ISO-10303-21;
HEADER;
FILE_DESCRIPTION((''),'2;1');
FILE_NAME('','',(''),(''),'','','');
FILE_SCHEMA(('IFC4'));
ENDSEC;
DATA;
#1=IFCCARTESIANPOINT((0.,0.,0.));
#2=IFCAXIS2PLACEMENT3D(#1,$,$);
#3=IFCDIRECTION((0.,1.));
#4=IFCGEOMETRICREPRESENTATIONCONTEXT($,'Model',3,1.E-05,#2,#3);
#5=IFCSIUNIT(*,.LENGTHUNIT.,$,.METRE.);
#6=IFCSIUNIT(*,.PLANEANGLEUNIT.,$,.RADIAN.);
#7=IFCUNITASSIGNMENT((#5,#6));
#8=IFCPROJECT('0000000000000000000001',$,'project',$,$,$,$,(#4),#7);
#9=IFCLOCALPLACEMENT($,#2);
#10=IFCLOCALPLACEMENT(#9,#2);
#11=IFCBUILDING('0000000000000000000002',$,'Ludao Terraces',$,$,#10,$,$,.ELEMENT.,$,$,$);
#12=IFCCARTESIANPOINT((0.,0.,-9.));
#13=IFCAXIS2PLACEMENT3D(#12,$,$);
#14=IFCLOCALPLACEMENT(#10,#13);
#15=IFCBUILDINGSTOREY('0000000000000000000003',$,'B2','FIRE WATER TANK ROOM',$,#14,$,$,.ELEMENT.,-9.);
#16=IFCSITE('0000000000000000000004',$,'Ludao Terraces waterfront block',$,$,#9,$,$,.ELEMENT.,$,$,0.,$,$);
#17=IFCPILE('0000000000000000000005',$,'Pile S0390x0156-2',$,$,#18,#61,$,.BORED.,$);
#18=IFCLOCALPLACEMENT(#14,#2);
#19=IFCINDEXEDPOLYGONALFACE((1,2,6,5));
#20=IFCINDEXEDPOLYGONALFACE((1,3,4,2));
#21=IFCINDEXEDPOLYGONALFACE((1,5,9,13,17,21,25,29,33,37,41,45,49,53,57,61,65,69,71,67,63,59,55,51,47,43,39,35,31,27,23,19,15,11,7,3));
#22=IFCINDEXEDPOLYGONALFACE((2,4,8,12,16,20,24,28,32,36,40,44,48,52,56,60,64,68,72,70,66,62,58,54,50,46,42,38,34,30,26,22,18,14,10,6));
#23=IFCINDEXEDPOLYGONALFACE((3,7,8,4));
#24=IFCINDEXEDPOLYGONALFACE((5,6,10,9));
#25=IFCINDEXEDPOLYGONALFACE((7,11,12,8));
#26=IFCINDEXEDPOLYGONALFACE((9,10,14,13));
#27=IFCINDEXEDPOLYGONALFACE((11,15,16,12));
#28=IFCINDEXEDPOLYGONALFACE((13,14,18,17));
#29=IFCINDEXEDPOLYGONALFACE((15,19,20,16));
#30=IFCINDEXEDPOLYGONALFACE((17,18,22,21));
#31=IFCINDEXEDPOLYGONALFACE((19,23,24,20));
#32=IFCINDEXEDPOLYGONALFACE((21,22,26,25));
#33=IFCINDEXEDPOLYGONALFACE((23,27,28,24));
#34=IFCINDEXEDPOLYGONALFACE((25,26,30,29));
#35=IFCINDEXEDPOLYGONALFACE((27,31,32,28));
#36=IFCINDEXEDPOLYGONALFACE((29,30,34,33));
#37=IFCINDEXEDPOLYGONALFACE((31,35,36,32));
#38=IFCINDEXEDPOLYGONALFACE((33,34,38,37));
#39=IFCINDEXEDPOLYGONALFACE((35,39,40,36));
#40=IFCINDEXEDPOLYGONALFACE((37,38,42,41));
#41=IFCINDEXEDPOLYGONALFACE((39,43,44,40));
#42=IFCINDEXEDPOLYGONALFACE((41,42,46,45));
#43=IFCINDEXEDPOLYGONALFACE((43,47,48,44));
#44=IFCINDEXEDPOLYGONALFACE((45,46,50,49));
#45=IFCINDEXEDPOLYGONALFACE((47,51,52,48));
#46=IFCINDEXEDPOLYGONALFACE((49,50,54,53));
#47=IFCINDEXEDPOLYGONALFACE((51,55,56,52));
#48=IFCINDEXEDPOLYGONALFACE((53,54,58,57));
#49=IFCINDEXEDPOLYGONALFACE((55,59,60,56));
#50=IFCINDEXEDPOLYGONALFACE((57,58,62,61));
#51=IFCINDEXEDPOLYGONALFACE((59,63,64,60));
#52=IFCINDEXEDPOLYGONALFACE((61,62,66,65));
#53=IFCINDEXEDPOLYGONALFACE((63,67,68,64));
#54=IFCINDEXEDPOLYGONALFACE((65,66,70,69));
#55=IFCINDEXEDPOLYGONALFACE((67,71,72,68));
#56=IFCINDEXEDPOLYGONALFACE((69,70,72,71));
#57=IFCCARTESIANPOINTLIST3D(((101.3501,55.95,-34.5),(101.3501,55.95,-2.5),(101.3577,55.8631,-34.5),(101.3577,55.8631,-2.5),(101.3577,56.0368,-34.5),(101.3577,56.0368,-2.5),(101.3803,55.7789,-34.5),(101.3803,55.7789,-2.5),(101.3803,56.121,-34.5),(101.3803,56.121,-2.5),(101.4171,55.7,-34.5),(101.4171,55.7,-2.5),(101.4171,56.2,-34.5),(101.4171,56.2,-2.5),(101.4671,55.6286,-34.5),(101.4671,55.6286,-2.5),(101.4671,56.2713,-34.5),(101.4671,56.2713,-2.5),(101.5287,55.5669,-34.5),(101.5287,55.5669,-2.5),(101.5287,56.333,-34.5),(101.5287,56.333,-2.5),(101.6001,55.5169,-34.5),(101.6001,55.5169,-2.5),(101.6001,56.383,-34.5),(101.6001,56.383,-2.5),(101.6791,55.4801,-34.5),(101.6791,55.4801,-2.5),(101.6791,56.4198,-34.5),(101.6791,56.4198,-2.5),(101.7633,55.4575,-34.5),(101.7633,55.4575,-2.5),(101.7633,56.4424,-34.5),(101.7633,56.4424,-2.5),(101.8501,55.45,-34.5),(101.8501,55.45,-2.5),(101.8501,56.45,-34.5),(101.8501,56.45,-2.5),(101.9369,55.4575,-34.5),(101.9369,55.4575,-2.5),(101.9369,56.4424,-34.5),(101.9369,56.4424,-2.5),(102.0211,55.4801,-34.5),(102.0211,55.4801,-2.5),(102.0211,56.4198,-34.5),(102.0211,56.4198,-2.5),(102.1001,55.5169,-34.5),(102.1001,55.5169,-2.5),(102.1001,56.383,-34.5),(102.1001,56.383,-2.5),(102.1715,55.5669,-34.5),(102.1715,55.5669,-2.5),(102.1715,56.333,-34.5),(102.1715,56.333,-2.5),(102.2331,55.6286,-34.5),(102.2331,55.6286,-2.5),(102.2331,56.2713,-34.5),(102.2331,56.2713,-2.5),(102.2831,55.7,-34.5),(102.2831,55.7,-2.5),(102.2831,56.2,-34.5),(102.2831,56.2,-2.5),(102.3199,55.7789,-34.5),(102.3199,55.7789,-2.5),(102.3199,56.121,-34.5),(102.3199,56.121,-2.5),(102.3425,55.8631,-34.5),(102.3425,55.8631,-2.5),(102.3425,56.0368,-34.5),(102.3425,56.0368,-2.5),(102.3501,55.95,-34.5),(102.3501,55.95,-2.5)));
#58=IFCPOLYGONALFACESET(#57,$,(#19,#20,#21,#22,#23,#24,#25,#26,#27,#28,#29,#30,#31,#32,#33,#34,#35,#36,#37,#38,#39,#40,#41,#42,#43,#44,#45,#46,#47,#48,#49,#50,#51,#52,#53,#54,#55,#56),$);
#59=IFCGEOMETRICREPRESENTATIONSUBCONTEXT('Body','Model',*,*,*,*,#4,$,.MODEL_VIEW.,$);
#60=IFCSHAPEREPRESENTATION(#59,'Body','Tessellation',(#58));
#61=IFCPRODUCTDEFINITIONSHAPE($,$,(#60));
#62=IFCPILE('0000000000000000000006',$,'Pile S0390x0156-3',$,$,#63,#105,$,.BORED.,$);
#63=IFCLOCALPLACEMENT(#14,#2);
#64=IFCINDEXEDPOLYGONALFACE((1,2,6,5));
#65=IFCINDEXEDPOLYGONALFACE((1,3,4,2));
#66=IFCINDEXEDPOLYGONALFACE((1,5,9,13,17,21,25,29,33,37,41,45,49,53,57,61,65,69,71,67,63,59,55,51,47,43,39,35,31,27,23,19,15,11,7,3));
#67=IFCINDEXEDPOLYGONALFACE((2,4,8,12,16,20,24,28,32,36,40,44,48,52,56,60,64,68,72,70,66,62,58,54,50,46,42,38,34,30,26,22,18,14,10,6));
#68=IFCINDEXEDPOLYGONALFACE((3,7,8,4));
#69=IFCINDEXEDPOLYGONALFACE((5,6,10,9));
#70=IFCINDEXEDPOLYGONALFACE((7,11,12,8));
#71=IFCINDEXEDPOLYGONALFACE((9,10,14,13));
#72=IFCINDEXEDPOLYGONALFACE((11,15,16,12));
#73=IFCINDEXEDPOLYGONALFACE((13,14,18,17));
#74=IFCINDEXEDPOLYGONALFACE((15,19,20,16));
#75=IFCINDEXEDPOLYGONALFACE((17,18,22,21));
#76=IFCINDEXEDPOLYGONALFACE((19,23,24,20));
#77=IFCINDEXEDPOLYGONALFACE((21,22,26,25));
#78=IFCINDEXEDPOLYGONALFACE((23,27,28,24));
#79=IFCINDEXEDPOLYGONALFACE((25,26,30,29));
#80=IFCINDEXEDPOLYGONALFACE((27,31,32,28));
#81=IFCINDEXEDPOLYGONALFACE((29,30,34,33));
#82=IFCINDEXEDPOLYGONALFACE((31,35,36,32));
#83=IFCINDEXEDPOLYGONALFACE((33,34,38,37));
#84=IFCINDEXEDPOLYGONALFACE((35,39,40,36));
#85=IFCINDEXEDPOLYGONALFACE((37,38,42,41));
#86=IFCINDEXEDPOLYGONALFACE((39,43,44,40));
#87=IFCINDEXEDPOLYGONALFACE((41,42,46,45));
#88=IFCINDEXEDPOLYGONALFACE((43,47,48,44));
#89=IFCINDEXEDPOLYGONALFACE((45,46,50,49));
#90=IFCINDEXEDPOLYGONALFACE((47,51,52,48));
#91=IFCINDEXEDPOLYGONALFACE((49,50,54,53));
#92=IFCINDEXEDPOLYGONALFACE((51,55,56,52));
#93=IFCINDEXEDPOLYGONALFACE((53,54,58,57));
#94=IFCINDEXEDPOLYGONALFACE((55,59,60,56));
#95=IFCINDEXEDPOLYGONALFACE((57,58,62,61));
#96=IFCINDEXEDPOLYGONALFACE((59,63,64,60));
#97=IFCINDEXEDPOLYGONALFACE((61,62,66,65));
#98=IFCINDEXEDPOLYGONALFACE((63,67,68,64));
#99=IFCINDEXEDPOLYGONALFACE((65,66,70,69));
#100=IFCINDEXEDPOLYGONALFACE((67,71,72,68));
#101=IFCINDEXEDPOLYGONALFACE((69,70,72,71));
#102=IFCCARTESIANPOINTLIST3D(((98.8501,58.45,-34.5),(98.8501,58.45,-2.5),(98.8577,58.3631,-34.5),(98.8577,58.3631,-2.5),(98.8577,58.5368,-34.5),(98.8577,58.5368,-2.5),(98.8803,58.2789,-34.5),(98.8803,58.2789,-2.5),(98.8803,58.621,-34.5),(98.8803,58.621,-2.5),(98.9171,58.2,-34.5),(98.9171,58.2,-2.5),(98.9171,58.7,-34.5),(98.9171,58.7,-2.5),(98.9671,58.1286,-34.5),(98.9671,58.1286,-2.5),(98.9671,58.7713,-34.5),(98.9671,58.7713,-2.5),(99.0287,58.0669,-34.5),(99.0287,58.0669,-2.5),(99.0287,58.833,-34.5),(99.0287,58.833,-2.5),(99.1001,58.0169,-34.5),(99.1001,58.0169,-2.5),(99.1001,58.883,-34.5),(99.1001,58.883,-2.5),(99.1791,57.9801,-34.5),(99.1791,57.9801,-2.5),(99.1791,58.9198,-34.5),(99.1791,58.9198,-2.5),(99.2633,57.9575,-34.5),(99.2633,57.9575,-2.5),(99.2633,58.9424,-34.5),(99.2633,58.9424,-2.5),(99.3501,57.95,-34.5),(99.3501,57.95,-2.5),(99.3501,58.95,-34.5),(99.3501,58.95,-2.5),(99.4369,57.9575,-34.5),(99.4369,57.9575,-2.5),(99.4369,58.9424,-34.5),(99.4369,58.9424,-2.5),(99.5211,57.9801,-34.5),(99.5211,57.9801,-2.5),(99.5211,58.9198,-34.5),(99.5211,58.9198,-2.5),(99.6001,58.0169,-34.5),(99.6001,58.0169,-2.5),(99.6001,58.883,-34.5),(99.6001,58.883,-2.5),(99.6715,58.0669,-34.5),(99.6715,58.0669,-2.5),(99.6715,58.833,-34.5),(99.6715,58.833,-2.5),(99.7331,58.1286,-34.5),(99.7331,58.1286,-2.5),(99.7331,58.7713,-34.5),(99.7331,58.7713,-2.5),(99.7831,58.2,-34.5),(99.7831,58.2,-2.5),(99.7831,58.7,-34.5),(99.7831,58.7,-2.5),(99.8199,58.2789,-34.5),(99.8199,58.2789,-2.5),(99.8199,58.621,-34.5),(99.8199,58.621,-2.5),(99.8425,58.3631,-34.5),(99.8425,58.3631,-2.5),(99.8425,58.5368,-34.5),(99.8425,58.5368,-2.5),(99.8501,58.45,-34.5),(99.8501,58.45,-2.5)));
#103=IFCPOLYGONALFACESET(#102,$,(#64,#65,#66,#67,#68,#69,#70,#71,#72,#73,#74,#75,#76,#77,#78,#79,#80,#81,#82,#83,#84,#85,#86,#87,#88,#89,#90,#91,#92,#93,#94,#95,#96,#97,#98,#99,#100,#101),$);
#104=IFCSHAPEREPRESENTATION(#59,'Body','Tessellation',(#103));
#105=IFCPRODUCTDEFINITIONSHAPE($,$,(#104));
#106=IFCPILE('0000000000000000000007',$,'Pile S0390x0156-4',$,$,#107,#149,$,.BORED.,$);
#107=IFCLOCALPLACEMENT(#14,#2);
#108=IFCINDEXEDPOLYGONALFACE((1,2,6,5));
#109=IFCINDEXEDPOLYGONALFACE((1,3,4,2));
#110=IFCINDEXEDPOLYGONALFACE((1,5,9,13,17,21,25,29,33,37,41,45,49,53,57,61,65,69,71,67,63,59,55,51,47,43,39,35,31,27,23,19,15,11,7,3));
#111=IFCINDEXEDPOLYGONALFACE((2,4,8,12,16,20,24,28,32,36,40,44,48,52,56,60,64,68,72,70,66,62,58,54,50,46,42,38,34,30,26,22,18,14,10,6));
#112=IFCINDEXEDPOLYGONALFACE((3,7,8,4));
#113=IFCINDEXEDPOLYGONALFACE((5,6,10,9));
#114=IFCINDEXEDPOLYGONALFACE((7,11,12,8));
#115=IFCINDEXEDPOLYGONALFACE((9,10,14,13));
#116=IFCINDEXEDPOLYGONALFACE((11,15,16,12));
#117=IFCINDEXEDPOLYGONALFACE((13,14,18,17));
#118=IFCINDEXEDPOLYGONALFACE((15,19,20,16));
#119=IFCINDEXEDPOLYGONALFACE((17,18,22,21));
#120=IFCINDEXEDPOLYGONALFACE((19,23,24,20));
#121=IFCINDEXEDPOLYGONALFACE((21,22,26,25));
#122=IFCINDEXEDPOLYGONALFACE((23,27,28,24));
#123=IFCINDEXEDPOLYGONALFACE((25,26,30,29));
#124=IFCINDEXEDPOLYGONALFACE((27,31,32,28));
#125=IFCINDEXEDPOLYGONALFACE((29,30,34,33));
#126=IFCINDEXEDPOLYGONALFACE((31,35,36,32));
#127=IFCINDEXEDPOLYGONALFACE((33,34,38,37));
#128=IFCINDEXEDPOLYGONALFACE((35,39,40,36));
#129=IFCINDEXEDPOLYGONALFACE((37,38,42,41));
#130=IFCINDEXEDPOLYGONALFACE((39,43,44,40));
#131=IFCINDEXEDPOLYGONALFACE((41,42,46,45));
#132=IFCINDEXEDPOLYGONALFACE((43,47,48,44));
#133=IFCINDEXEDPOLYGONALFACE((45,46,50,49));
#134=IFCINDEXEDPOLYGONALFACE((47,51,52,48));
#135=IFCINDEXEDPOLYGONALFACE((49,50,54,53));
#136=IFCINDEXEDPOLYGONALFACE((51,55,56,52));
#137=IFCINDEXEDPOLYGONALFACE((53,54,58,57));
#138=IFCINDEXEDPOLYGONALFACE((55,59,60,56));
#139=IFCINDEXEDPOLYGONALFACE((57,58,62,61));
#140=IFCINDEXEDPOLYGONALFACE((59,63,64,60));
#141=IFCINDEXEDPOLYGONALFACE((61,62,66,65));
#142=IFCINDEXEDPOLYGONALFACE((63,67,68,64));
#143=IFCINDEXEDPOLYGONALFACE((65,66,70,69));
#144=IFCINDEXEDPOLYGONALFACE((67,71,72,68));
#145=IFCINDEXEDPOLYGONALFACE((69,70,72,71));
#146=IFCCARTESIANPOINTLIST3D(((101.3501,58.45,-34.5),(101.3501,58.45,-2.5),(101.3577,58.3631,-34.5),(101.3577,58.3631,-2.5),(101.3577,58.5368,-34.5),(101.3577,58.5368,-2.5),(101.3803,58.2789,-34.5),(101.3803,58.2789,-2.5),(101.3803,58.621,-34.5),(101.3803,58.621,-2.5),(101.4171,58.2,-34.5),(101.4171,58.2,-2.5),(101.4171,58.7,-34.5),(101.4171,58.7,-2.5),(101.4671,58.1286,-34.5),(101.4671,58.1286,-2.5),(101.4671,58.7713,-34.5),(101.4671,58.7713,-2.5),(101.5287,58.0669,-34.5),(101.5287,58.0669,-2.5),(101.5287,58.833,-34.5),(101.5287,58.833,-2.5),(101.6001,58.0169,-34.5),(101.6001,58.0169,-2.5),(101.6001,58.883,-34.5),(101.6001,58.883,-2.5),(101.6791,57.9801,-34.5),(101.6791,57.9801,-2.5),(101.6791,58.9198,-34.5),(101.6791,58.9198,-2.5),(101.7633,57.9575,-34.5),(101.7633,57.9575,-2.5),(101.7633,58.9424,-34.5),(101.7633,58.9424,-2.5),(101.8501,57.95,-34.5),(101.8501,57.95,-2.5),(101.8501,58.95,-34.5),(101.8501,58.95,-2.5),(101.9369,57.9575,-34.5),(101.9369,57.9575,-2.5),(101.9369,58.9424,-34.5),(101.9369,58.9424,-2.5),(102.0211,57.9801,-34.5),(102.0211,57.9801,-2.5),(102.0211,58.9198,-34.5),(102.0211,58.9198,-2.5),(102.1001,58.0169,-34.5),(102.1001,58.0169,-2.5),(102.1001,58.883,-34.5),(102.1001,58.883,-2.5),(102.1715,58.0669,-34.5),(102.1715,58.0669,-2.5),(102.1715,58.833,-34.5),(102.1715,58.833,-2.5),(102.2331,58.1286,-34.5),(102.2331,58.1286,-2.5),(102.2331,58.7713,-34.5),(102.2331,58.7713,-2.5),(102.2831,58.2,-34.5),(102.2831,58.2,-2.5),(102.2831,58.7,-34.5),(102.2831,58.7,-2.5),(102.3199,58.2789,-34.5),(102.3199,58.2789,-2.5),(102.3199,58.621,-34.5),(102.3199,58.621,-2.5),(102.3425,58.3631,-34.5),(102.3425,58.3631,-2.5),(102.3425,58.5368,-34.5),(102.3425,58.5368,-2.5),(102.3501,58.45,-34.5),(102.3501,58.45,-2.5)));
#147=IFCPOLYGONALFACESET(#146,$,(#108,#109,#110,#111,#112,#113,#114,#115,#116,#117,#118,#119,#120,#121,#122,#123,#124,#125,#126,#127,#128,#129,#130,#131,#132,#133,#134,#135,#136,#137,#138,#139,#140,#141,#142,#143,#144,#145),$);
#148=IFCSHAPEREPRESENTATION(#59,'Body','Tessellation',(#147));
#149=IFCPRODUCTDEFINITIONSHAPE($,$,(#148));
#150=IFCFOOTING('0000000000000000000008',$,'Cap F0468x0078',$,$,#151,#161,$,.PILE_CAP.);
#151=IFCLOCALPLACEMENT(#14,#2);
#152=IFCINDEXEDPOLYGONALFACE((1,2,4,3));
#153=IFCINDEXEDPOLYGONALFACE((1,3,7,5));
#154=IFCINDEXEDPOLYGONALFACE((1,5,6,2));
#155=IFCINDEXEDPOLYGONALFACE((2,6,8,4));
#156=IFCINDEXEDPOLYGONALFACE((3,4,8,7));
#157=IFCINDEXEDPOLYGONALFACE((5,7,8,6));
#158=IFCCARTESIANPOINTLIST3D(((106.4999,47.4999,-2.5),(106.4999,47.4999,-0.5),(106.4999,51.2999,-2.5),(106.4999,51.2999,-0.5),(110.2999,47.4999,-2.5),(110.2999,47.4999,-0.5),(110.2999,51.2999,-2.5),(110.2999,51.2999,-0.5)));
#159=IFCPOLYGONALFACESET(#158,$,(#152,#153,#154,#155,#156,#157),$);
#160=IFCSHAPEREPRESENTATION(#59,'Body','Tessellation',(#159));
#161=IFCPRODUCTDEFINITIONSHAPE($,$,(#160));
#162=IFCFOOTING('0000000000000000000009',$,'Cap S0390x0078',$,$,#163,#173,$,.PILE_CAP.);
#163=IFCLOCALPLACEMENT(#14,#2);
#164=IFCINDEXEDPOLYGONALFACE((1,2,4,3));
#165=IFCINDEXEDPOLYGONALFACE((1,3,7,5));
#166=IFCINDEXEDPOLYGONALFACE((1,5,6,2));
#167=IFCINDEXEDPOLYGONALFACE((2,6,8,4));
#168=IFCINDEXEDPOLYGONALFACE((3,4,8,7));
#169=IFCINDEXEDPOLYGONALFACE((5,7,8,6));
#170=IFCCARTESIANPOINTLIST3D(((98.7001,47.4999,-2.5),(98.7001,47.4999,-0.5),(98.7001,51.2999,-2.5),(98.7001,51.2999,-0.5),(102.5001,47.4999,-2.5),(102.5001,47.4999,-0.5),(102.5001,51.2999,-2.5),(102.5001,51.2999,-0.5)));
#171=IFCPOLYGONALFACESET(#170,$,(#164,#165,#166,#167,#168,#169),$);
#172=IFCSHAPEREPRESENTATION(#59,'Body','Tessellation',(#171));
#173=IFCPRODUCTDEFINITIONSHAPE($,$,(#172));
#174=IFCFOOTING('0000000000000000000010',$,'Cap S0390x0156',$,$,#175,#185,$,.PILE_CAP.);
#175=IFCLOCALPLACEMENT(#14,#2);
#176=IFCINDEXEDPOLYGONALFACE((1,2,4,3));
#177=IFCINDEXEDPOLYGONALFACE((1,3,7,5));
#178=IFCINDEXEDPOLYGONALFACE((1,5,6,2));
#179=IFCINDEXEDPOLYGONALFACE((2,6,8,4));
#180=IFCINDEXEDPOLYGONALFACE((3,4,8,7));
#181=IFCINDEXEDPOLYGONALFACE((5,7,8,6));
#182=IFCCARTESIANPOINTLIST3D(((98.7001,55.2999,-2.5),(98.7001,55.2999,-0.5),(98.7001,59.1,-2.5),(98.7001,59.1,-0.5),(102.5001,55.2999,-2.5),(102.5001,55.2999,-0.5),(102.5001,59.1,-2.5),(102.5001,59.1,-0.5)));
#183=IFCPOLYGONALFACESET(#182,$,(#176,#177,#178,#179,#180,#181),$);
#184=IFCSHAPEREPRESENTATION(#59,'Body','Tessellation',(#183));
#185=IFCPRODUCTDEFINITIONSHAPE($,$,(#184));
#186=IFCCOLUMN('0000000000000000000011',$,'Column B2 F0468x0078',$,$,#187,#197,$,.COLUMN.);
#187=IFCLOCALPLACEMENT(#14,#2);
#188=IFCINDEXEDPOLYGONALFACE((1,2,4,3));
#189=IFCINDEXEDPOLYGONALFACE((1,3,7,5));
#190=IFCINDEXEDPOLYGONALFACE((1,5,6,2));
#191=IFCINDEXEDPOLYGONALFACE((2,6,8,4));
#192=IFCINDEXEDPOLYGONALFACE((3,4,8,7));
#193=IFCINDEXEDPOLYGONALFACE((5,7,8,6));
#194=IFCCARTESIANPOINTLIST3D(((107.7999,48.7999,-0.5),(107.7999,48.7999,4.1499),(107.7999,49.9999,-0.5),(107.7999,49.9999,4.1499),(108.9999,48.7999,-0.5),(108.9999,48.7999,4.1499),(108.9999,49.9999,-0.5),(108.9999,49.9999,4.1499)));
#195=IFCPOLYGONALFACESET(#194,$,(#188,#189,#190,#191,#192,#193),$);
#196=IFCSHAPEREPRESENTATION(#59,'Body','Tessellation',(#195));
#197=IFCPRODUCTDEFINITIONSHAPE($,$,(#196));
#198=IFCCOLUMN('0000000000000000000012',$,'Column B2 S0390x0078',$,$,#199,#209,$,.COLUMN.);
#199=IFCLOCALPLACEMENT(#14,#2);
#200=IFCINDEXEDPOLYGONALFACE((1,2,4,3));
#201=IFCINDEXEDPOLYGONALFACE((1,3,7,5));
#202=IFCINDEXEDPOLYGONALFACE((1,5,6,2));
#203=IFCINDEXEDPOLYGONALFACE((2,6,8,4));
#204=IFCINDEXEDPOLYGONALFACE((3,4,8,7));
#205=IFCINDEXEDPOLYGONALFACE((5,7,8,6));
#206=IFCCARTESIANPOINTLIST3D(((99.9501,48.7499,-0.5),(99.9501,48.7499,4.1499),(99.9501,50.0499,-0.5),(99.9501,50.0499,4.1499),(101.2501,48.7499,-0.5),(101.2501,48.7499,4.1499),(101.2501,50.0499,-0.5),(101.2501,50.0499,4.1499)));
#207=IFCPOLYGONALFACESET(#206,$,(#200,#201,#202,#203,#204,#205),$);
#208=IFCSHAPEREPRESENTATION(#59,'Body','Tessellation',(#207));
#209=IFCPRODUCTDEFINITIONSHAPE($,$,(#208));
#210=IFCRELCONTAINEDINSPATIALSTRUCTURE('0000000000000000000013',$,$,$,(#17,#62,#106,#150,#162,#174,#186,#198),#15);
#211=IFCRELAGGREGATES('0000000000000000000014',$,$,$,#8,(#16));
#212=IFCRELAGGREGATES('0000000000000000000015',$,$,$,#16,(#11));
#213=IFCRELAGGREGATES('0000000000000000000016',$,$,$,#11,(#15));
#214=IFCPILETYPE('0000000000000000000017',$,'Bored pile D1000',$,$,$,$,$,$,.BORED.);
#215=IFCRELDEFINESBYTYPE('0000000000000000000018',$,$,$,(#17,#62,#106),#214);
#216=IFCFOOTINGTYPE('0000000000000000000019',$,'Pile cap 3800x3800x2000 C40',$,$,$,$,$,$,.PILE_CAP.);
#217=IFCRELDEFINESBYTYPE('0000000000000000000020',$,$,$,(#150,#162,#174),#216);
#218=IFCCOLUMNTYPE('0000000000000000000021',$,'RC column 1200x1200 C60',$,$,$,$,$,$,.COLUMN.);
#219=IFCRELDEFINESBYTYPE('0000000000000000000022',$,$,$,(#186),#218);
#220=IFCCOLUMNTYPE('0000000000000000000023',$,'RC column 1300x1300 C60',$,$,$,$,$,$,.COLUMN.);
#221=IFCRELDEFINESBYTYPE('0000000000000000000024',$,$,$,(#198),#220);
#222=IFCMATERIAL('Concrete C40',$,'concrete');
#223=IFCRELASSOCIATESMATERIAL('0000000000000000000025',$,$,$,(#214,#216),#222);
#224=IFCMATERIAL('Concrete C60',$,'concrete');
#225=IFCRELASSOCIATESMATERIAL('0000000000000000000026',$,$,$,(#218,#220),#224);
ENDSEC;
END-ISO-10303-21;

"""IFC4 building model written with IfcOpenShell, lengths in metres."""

from ifc_helpers import new_model, si_unit, direction, frame, origin, origin_2d, place, context, subcontext, project, spatial, rectangle, circle, extrude, material, material_profile, profile_set, type_object, element, save


model = new_model("IFC4")

# Units and contexts
model_context = context("Model", 3, precision=1e-05, world=origin(), true_north=direction((0.0, 1.0)))
body_context = subcontext(model_context, "Body", "Model", "MODEL_VIEW")
ifc_project = project(units=[si_unit("LENGTHUNIT", "METRE"), si_unit("PLANEANGLEUNIT", "RADIAN")], contexts=[model_context])

# Site, building, storey
site_placement = place(None, origin())
site = spatial("IfcSite", under=ifc_project, at=site_placement, Name="Ludao Terraces waterfront block", CompositionType="ELEMENT", RefElevation=0.0)
building_placement = place(site_placement, origin())
building = spatial("IfcBuilding", under=site, at=building_placement, Name="Ludao Terraces", CompositionType="ELEMENT")
storey_placement = place(building_placement, frame((0.0, 0.0, -9.0)))
storey = spatial("IfcBuildingStorey", under=building, at=storey_placement, Name="B2", Description="FIRE WATER TANK ROOM", CompositionType="ELEMENT", Elevation=-9.0)

# Piles
ifc_material_1 = material(Name="Concrete C40", Category="concrete")
ifc_material_profile_1 = material_profile(ifc_material_1, circle(Radius=0.5, at=origin_2d()), Name="D1000 BORED PILE")
ifc_profile_set_1 = profile_set([ifc_material_profile_1], Name="Concrete C40")
pile_type = type_object("IfcPileType", Name="Bored pile D1000", PredefinedType="BORED", material=ifc_profile_set_1)
for number, where, z_axis, x_axis, name in (
    (1, (101.8501, 55.95, -2.5), (0.0, 0.0, -1.0), (1.0, 0.0, 0.0), "Pile S0390x0156-2"),
    (2, (99.3501, 58.45, -2.5), (0.0, 0.0, -1.0), (1.0, 0.0, 0.0), "Pile S0390x0156-3"),
    (3, (101.8501, 58.45, -2.5), (0.0, 0.0, -1.0), (1.0, 0.0, 0.0), "Pile S0390x0156-4"),
):
    element("IfcPile", number, at=place(storey_placement, frame(where, z_axis=z_axis, x_axis=x_axis)), inside=storey, type_object=pile_type, Name=name, PredefinedType="BORED", context=body_context, shape_type="SweptSolid", body=[
        extrude(circle(Radius=0.5, at=origin_2d()), origin(), (0.0, 0.0, 1.0), 32.0),
    ])

# Footings
footing_type = type_object("IfcFootingType", Name="Pile cap 3800x3800x2000 C40", PredefinedType="PILE_CAP", material=ifc_material_1)
for number, where, z_axis, x_axis, name in (
    (4, (108.3999, 49.3999, -2.5), (0.0, 0.0, 1.0), (1.0, 0.0, 0.0), "Cap F0468x0078"),
    (5, (100.6001, 49.3999, -2.5), (0.0, 0.0, 1.0), (1.0, 0.0, 0.0), "Cap S0390x0078"),
    (6, (100.6001, 57.2, -2.5), (0.0, 0.0, 1.0), (1.0, 0.0, 0.0), "Cap S0390x0156"),
):
    element("IfcFooting", number, at=place(storey_placement, frame(where, z_axis=z_axis, x_axis=x_axis)), inside=storey, type_object=footing_type, Name=name, PredefinedType="PILE_CAP", context=body_context, shape_type="SweptSolid", body=[
        extrude(rectangle(XDim=3.8, YDim=3.8, at=origin_2d()), origin(), (0.0, 0.0, 1.0), 2.0),
    ])

# Columns
ifc_material_2 = material(Name="Concrete C60", Category="concrete")
ifc_material_profile_2 = material_profile(ifc_material_2, rectangle(XDim=1.2, YDim=1.2, at=origin_2d()), Name="1200 X 1200")
ifc_profile_set_2 = profile_set([ifc_material_profile_2], Name="Concrete C60")
column_type_1 = type_object("IfcColumnType", Name="RC column 1200x1200 C60", PredefinedType="COLUMN", material=ifc_profile_set_2)
column_placement = place(storey_placement, frame((108.3999, 49.3999, -0.5), z_axis=(0.0, 0.0, 1.0), x_axis=(1.0, 0.0, 0.0)))
element("IfcColumn", 7, at=column_placement, inside=storey, type_object=column_type_1, Name="Column B2 F0468x0078", PredefinedType="COLUMN", context=body_context, shape_type="SweptSolid", body=[
    extrude(rectangle(XDim=1.2, YDim=1.2, at=origin_2d()), origin(), (0.0, 0.0, 1.0), 4.6499),
])
ifc_material_profile_3 = material_profile(ifc_material_2, rectangle(XDim=1.3, YDim=1.3, at=origin_2d()), Name="1300 X 1300")
ifc_profile_set_3 = profile_set([ifc_material_profile_3], Name="Concrete C60")
column_type_2 = type_object("IfcColumnType", Name="RC column 1300x1300 C60", PredefinedType="COLUMN", material=ifc_profile_set_3)
for number, where, z_axis, x_axis, name in (
    (8, (100.6001, 49.3999, -0.5), (0.0, 0.0, 1.0), (1.0, 0.0, 0.0), "Column B2 S0390x0078"),
):
    element("IfcColumn", number, at=place(storey_placement, frame(where, z_axis=z_axis, x_axis=x_axis)), inside=storey, type_object=column_type_2, Name=name, PredefinedType="COLUMN", context=body_context, shape_type="SweptSolid", body=[
        extrude(rectangle(XDim=1.3, YDim=1.3, at=origin_2d()), origin(), (0.0, 0.0, 1.0), 4.6499),
    ])

save(model, "model.ifc")
